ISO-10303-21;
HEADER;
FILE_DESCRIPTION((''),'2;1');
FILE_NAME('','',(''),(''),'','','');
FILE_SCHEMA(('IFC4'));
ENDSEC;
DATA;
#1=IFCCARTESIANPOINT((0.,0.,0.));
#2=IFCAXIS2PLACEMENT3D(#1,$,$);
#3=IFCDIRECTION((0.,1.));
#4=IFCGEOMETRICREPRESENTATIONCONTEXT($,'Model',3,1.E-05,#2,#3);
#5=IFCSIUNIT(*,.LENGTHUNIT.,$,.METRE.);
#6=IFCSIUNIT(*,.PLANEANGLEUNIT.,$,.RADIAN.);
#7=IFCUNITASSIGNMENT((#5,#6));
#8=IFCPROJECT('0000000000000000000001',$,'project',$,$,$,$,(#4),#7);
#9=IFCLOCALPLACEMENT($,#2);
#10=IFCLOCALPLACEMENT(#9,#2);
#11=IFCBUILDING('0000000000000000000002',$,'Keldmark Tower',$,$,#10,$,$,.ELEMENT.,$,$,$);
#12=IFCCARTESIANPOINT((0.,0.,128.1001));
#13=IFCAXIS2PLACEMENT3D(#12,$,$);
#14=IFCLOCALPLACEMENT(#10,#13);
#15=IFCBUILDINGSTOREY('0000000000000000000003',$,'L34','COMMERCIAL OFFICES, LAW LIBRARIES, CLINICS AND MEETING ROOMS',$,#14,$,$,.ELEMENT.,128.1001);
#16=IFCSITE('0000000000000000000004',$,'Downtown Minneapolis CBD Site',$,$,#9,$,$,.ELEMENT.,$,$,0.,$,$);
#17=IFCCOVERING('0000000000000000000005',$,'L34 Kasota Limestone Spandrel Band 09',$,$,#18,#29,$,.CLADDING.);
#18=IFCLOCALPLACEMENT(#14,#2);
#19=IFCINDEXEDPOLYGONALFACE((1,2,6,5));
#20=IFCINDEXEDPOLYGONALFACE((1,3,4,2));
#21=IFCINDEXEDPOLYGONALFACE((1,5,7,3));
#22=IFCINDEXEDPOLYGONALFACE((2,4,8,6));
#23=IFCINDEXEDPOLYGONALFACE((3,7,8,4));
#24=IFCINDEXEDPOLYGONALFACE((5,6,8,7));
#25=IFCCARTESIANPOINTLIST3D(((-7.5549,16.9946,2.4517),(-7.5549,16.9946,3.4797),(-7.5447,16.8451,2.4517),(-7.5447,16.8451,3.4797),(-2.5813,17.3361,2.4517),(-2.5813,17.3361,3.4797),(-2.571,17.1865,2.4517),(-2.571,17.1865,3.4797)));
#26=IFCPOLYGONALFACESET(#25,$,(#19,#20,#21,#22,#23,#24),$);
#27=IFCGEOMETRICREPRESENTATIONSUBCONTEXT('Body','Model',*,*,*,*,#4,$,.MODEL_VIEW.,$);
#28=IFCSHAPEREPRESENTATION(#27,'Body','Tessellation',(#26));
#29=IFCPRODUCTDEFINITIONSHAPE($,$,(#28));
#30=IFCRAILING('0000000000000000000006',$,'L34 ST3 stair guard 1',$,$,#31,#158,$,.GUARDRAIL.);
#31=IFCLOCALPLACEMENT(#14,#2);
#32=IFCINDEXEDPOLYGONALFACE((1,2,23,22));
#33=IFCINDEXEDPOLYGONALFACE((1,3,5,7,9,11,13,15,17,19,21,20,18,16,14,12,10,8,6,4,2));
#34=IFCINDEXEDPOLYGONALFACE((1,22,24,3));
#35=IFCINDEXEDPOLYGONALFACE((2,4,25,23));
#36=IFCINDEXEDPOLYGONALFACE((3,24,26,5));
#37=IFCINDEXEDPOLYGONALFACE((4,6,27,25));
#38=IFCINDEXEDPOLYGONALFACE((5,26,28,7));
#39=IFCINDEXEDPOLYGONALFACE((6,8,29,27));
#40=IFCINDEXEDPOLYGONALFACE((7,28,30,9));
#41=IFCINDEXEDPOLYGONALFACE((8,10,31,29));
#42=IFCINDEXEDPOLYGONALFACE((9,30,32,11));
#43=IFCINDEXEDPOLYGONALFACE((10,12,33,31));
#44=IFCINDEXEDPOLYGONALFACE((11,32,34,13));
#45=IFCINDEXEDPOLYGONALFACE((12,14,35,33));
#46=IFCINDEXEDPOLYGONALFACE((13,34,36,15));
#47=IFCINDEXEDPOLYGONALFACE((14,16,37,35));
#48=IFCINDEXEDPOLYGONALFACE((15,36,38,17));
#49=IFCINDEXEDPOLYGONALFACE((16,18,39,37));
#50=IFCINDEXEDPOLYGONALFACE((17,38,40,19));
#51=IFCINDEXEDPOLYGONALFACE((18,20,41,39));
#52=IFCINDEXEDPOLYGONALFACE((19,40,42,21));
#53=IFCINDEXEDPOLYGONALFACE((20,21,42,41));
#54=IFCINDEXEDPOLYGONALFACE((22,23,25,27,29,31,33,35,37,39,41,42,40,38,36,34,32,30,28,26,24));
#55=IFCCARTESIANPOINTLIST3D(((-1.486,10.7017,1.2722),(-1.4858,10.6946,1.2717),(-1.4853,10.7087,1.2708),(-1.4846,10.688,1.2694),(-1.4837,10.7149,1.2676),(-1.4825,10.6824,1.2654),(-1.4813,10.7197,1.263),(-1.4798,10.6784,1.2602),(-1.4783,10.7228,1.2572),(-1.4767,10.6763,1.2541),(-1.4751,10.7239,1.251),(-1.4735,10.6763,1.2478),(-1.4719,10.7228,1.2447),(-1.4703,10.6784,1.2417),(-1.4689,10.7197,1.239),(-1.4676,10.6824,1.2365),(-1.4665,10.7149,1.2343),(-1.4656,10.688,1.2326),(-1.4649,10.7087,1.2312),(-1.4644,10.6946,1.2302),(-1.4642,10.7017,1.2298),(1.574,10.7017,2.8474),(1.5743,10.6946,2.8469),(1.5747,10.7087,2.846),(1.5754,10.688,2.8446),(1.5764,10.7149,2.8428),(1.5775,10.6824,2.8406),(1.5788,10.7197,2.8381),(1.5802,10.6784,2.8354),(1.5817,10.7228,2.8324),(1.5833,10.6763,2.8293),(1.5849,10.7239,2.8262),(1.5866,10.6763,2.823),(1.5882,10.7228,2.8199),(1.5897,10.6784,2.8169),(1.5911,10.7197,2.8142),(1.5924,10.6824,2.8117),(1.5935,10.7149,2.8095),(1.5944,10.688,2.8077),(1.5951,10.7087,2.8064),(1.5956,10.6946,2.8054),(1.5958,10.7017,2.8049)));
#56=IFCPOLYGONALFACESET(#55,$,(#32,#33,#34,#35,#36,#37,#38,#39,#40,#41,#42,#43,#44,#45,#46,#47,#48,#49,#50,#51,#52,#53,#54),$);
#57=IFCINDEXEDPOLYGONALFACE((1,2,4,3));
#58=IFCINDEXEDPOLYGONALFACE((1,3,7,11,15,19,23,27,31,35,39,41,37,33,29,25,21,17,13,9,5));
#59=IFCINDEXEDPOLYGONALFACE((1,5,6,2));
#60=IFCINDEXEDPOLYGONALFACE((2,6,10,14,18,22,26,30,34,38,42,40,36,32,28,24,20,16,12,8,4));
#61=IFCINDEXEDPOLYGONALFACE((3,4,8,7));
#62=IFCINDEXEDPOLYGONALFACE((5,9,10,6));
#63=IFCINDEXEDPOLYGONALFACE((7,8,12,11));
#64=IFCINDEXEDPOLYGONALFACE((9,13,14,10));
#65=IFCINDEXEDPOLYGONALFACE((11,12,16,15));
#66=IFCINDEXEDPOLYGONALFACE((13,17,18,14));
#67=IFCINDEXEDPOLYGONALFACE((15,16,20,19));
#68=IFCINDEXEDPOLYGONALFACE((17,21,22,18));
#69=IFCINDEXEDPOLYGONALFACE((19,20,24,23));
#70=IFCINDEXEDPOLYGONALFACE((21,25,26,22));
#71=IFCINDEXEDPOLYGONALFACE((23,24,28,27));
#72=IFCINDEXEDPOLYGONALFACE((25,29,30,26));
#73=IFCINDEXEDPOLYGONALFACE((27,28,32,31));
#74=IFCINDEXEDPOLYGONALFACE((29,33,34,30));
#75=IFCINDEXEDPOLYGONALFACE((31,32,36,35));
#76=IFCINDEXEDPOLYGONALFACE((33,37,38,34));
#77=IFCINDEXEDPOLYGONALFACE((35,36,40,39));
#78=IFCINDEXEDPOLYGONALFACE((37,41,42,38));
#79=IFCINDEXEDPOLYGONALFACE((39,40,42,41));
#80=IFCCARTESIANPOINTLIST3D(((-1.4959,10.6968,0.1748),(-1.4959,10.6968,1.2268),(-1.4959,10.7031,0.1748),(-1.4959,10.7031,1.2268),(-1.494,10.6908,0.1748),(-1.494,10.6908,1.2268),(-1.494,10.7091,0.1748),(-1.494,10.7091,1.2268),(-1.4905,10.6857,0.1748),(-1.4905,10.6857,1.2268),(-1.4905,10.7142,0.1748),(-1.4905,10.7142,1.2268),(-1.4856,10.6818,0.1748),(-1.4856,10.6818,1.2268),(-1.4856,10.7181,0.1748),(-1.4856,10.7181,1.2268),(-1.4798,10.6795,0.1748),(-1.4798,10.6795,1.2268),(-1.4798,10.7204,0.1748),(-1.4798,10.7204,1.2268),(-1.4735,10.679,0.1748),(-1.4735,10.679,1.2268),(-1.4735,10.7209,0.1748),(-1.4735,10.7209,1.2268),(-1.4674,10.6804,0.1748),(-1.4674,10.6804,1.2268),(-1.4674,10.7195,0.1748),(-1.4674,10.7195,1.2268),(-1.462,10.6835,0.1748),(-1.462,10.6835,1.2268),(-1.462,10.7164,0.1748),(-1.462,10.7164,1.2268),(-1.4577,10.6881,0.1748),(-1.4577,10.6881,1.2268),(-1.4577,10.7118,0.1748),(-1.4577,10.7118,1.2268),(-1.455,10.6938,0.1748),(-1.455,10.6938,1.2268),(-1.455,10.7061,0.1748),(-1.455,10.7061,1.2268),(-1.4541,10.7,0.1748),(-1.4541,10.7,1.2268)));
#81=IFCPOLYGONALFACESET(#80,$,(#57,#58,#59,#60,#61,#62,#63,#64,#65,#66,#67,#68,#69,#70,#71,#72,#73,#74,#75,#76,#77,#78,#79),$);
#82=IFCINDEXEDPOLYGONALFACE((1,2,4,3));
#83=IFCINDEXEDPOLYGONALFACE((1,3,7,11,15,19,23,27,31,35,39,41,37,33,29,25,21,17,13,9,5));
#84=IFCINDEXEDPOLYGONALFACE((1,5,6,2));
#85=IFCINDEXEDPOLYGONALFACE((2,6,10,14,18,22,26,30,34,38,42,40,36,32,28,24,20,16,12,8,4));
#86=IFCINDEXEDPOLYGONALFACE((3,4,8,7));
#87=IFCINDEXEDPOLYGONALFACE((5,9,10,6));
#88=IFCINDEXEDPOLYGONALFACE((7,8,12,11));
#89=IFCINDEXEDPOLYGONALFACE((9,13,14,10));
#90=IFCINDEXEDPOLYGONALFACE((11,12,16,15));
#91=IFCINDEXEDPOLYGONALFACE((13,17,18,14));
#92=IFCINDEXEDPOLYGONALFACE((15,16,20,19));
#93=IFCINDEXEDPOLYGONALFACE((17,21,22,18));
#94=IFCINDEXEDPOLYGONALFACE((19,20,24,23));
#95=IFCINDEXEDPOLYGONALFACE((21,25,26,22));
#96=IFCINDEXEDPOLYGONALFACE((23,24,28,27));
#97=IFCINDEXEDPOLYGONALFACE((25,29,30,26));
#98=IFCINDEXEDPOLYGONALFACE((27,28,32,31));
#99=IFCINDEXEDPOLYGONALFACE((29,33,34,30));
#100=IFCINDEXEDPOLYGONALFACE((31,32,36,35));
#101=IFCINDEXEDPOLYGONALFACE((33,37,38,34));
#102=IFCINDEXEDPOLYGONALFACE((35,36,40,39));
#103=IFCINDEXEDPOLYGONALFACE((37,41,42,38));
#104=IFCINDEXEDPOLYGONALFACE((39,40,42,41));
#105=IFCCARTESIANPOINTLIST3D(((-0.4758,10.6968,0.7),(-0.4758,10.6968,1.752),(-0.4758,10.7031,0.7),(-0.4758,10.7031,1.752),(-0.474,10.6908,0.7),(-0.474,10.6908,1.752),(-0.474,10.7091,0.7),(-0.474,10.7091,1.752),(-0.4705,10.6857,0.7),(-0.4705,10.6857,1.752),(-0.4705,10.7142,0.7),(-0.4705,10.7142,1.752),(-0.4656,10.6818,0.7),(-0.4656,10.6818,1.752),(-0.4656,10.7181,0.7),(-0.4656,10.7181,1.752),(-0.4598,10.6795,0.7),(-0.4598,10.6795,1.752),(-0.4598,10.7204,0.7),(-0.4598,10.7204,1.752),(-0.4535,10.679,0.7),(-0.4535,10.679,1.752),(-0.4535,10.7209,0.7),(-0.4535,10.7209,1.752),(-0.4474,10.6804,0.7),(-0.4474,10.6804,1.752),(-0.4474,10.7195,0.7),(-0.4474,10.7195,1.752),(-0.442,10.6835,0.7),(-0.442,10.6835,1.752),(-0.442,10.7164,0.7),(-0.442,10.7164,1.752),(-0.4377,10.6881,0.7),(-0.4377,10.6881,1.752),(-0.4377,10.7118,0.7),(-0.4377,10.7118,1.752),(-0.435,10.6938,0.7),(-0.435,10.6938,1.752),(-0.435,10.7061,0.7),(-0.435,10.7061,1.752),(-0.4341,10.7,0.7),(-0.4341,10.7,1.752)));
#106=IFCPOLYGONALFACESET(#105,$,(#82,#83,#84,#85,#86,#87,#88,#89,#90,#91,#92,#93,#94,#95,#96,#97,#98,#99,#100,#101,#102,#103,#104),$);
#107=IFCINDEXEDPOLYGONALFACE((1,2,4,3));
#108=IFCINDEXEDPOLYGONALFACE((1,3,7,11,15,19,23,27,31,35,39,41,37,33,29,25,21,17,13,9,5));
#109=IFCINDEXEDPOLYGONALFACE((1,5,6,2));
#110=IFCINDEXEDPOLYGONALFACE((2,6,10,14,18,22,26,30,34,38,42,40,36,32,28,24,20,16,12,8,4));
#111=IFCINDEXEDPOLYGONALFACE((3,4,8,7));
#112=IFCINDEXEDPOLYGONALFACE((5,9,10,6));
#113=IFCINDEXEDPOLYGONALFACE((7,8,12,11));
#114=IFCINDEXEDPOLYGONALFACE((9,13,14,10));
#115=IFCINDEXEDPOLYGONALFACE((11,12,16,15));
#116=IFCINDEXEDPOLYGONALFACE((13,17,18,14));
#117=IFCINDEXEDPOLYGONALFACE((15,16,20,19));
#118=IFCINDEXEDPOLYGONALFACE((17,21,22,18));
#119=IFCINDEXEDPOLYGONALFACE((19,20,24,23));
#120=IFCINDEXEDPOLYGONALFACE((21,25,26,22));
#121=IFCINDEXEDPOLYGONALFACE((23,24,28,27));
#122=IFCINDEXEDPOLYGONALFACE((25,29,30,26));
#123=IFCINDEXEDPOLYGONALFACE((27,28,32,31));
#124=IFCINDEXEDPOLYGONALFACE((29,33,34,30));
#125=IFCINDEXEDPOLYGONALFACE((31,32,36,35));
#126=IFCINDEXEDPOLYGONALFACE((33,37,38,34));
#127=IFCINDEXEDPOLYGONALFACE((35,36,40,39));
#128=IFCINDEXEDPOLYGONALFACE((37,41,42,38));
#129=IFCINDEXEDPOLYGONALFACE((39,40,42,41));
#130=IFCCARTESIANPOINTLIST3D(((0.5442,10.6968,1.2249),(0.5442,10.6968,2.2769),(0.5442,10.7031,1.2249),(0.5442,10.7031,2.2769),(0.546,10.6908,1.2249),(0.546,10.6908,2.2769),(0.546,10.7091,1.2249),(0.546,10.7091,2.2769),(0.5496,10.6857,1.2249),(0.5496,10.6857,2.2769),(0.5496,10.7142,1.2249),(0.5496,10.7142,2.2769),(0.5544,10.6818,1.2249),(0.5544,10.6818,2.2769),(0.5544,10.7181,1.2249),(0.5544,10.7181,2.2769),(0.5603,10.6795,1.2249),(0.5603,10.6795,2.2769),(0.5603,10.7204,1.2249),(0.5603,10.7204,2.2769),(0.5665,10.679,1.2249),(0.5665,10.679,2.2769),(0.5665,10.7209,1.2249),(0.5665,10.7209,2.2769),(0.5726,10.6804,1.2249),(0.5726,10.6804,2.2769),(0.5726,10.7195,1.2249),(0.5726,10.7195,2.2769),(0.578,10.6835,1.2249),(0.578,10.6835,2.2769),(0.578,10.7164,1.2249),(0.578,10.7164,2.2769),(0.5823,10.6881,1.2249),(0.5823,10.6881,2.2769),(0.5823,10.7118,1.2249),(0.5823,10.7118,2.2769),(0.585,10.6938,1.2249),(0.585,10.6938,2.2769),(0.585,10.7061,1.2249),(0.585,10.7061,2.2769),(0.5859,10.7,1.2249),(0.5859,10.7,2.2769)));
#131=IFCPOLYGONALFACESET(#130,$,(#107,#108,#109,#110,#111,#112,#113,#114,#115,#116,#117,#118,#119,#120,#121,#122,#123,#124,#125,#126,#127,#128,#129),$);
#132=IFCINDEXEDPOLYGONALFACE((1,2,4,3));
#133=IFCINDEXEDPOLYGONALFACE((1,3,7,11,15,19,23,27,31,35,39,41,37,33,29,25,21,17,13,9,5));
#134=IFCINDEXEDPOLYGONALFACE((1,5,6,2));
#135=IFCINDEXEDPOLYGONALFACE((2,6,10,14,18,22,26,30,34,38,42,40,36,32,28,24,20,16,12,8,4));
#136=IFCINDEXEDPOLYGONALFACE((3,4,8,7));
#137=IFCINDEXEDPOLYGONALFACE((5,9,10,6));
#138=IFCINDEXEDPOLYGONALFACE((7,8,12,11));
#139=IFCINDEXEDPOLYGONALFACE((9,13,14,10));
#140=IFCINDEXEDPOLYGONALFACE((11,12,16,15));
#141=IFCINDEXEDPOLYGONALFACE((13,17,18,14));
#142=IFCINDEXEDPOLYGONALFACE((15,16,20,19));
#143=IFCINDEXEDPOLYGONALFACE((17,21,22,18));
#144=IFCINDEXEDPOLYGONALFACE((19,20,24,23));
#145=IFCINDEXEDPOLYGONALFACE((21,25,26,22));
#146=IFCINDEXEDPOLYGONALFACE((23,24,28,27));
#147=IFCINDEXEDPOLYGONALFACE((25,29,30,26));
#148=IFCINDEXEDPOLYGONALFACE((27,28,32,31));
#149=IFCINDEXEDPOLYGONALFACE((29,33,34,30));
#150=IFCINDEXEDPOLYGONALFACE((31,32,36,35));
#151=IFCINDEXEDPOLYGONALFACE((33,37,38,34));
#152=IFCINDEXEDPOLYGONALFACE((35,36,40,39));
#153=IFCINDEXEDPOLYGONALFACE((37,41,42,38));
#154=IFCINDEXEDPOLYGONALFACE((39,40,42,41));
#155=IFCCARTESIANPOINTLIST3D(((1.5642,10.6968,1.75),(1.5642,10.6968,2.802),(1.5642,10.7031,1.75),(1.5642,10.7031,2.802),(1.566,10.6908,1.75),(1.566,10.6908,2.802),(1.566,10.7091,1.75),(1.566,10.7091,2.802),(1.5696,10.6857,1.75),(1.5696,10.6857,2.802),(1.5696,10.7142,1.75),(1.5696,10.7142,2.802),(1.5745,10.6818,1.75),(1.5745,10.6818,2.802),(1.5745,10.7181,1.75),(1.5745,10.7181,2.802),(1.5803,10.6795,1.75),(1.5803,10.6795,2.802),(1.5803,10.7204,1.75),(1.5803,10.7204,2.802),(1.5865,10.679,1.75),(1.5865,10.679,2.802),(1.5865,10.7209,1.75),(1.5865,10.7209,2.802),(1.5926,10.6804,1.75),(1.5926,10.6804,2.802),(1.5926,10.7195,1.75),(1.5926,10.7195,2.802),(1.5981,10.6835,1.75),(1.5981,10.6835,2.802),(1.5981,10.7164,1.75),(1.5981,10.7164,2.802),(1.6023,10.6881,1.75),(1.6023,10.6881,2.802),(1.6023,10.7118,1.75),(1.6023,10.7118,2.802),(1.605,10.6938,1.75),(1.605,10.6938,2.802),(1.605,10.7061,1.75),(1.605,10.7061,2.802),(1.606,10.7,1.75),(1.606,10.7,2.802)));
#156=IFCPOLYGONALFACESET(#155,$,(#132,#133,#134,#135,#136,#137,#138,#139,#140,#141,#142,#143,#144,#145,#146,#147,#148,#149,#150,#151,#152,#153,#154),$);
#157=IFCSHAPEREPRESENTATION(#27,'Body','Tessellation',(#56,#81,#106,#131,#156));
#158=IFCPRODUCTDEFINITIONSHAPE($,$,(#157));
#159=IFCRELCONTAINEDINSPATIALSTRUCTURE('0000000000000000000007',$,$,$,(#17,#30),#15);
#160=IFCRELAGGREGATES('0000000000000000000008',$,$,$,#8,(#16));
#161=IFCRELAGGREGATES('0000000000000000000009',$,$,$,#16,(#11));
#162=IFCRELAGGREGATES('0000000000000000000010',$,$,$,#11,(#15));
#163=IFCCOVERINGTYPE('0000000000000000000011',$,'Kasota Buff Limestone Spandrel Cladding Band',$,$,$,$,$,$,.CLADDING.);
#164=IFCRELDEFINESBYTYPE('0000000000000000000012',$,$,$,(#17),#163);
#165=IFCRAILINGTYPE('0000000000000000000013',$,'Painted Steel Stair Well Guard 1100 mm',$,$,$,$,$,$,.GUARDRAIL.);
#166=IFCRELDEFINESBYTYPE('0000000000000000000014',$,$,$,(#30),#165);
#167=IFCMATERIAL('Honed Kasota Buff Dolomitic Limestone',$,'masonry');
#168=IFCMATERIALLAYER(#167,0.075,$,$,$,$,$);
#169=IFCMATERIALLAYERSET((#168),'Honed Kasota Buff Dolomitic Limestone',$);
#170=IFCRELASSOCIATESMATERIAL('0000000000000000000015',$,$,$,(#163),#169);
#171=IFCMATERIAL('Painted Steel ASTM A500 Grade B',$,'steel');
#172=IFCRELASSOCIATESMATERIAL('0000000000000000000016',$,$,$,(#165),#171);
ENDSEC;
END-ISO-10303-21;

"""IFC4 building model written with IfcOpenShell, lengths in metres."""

from ifc_helpers import new_model, si_unit, direction, frame, origin, origin_2d, place, context, subcontext, project, spatial, rectangle, circle, extrude, material, layer, layer_set, type_object, element, save


model = new_model("IFC4")

# Units and contexts
model_context = context("Model", 3, precision=1e-05, world=origin(), true_north=direction((0.0, 1.0)))
body_context = subcontext(model_context, "Body", "Model", "MODEL_VIEW")
ifc_project = project(units=[si_unit("LENGTHUNIT", "METRE"), si_unit("PLANEANGLEUNIT", "RADIAN")], contexts=[model_context])

# Site, building, storey
site_placement = place(None, origin())
site = spatial("IfcSite", under=ifc_project, at=site_placement, Name="Downtown Minneapolis CBD Site", CompositionType="ELEMENT", RefElevation=0.0)
building_placement = place(site_placement, origin())
building = spatial("IfcBuilding", under=site, at=building_placement, Name="Keldmark Tower", CompositionType="ELEMENT")
storey_placement = place(building_placement, frame((0.0, 0.0, 128.1001)))
storey = spatial("IfcBuildingStorey", under=building, at=storey_placement, Name="L34", Description="COMMERCIAL OFFICES, LAW LIBRARIES, CLINICS AND MEETING ROOMS", CompositionType="ELEMENT", Elevation=128.1001)

# Covering
ifc_material_1 = material(Name="Honed Kasota Buff Dolomitic Limestone", Category="masonry")
ifc_layer_1 = layer(ifc_material_1, 0.075)
ifc_layer_set_1 = layer_set([ifc_layer_1], Name="Honed Kasota Buff Dolomitic Limestone")
covering_type = type_object("IfcCoveringType", Name="Kasota Buff Limestone Spandrel Cladding Band", PredefinedType="CLADDING", material=ifc_layer_set_1)
covering_placement = place(storey_placement, frame((-5.063, 17.0906, 2.4517), z_axis=(0.0, 0.0, 1.0), x_axis=(-0.997652, -0.068485, 0.0)))
element("IfcCovering", 1, at=covering_placement, inside=storey, type_object=covering_type, Name="L34 Kasota Limestone Spandrel Band 09", PredefinedType="CLADDING", context=body_context, shape_type="SweptSolid", body=[
    extrude(rectangle(XDim=4.9854, YDim=0.1499, at=origin_2d()), origin(), (0.0, 0.0, 1.0), 1.0281),
])

# Railing
ifc_material_2 = material(Name="Painted Steel ASTM A500 Grade B", Category="steel")
railing_type = type_object("IfcRailingType", Name="Painted Steel Stair Well Guard 1100 mm", PredefinedType="GUARDRAIL", material=ifc_material_2)
railing_1_placement = place(storey_placement, frame((-1.4751, 10.7, 0.1748)))
element("IfcRailing", 2, at=railing_1_placement, inside=storey, type_object=railing_type, Name="L34 ST3 stair guard 1", PredefinedType="GUARDRAIL", context=body_context, shape_type="SweptSolid", body=[
    extrude(circle(Radius=0.0239, at=origin_2d()), frame((0.0, 0.0, 1.0762), z_axis=(0.889116, 0.0, 0.457681), x_axis=(0.0, 1.0, 0.0)), (0.0, 0.0, 1.0), 3.4417),
    extrude(circle(Radius=0.021, at=origin_2d()), origin(), (0.0, 0.0, 1.0), 1.052),
    extrude(circle(Radius=0.021, at=origin_2d()), frame((1.02, 0.0, 0.5251)), (0.0, 0.0, 1.0), 1.052),
    extrude(circle(Radius=0.021, at=origin_2d()), frame((2.04, 0.0, 1.05)), (0.0, 0.0, 1.0), 1.052),
    extrude(circle(Radius=0.021, at=origin_2d()), frame((3.0601, 0.0, 1.5752)), (0.0, 0.0, 1.0), 1.052),
])

save(model, "model.ifc")
